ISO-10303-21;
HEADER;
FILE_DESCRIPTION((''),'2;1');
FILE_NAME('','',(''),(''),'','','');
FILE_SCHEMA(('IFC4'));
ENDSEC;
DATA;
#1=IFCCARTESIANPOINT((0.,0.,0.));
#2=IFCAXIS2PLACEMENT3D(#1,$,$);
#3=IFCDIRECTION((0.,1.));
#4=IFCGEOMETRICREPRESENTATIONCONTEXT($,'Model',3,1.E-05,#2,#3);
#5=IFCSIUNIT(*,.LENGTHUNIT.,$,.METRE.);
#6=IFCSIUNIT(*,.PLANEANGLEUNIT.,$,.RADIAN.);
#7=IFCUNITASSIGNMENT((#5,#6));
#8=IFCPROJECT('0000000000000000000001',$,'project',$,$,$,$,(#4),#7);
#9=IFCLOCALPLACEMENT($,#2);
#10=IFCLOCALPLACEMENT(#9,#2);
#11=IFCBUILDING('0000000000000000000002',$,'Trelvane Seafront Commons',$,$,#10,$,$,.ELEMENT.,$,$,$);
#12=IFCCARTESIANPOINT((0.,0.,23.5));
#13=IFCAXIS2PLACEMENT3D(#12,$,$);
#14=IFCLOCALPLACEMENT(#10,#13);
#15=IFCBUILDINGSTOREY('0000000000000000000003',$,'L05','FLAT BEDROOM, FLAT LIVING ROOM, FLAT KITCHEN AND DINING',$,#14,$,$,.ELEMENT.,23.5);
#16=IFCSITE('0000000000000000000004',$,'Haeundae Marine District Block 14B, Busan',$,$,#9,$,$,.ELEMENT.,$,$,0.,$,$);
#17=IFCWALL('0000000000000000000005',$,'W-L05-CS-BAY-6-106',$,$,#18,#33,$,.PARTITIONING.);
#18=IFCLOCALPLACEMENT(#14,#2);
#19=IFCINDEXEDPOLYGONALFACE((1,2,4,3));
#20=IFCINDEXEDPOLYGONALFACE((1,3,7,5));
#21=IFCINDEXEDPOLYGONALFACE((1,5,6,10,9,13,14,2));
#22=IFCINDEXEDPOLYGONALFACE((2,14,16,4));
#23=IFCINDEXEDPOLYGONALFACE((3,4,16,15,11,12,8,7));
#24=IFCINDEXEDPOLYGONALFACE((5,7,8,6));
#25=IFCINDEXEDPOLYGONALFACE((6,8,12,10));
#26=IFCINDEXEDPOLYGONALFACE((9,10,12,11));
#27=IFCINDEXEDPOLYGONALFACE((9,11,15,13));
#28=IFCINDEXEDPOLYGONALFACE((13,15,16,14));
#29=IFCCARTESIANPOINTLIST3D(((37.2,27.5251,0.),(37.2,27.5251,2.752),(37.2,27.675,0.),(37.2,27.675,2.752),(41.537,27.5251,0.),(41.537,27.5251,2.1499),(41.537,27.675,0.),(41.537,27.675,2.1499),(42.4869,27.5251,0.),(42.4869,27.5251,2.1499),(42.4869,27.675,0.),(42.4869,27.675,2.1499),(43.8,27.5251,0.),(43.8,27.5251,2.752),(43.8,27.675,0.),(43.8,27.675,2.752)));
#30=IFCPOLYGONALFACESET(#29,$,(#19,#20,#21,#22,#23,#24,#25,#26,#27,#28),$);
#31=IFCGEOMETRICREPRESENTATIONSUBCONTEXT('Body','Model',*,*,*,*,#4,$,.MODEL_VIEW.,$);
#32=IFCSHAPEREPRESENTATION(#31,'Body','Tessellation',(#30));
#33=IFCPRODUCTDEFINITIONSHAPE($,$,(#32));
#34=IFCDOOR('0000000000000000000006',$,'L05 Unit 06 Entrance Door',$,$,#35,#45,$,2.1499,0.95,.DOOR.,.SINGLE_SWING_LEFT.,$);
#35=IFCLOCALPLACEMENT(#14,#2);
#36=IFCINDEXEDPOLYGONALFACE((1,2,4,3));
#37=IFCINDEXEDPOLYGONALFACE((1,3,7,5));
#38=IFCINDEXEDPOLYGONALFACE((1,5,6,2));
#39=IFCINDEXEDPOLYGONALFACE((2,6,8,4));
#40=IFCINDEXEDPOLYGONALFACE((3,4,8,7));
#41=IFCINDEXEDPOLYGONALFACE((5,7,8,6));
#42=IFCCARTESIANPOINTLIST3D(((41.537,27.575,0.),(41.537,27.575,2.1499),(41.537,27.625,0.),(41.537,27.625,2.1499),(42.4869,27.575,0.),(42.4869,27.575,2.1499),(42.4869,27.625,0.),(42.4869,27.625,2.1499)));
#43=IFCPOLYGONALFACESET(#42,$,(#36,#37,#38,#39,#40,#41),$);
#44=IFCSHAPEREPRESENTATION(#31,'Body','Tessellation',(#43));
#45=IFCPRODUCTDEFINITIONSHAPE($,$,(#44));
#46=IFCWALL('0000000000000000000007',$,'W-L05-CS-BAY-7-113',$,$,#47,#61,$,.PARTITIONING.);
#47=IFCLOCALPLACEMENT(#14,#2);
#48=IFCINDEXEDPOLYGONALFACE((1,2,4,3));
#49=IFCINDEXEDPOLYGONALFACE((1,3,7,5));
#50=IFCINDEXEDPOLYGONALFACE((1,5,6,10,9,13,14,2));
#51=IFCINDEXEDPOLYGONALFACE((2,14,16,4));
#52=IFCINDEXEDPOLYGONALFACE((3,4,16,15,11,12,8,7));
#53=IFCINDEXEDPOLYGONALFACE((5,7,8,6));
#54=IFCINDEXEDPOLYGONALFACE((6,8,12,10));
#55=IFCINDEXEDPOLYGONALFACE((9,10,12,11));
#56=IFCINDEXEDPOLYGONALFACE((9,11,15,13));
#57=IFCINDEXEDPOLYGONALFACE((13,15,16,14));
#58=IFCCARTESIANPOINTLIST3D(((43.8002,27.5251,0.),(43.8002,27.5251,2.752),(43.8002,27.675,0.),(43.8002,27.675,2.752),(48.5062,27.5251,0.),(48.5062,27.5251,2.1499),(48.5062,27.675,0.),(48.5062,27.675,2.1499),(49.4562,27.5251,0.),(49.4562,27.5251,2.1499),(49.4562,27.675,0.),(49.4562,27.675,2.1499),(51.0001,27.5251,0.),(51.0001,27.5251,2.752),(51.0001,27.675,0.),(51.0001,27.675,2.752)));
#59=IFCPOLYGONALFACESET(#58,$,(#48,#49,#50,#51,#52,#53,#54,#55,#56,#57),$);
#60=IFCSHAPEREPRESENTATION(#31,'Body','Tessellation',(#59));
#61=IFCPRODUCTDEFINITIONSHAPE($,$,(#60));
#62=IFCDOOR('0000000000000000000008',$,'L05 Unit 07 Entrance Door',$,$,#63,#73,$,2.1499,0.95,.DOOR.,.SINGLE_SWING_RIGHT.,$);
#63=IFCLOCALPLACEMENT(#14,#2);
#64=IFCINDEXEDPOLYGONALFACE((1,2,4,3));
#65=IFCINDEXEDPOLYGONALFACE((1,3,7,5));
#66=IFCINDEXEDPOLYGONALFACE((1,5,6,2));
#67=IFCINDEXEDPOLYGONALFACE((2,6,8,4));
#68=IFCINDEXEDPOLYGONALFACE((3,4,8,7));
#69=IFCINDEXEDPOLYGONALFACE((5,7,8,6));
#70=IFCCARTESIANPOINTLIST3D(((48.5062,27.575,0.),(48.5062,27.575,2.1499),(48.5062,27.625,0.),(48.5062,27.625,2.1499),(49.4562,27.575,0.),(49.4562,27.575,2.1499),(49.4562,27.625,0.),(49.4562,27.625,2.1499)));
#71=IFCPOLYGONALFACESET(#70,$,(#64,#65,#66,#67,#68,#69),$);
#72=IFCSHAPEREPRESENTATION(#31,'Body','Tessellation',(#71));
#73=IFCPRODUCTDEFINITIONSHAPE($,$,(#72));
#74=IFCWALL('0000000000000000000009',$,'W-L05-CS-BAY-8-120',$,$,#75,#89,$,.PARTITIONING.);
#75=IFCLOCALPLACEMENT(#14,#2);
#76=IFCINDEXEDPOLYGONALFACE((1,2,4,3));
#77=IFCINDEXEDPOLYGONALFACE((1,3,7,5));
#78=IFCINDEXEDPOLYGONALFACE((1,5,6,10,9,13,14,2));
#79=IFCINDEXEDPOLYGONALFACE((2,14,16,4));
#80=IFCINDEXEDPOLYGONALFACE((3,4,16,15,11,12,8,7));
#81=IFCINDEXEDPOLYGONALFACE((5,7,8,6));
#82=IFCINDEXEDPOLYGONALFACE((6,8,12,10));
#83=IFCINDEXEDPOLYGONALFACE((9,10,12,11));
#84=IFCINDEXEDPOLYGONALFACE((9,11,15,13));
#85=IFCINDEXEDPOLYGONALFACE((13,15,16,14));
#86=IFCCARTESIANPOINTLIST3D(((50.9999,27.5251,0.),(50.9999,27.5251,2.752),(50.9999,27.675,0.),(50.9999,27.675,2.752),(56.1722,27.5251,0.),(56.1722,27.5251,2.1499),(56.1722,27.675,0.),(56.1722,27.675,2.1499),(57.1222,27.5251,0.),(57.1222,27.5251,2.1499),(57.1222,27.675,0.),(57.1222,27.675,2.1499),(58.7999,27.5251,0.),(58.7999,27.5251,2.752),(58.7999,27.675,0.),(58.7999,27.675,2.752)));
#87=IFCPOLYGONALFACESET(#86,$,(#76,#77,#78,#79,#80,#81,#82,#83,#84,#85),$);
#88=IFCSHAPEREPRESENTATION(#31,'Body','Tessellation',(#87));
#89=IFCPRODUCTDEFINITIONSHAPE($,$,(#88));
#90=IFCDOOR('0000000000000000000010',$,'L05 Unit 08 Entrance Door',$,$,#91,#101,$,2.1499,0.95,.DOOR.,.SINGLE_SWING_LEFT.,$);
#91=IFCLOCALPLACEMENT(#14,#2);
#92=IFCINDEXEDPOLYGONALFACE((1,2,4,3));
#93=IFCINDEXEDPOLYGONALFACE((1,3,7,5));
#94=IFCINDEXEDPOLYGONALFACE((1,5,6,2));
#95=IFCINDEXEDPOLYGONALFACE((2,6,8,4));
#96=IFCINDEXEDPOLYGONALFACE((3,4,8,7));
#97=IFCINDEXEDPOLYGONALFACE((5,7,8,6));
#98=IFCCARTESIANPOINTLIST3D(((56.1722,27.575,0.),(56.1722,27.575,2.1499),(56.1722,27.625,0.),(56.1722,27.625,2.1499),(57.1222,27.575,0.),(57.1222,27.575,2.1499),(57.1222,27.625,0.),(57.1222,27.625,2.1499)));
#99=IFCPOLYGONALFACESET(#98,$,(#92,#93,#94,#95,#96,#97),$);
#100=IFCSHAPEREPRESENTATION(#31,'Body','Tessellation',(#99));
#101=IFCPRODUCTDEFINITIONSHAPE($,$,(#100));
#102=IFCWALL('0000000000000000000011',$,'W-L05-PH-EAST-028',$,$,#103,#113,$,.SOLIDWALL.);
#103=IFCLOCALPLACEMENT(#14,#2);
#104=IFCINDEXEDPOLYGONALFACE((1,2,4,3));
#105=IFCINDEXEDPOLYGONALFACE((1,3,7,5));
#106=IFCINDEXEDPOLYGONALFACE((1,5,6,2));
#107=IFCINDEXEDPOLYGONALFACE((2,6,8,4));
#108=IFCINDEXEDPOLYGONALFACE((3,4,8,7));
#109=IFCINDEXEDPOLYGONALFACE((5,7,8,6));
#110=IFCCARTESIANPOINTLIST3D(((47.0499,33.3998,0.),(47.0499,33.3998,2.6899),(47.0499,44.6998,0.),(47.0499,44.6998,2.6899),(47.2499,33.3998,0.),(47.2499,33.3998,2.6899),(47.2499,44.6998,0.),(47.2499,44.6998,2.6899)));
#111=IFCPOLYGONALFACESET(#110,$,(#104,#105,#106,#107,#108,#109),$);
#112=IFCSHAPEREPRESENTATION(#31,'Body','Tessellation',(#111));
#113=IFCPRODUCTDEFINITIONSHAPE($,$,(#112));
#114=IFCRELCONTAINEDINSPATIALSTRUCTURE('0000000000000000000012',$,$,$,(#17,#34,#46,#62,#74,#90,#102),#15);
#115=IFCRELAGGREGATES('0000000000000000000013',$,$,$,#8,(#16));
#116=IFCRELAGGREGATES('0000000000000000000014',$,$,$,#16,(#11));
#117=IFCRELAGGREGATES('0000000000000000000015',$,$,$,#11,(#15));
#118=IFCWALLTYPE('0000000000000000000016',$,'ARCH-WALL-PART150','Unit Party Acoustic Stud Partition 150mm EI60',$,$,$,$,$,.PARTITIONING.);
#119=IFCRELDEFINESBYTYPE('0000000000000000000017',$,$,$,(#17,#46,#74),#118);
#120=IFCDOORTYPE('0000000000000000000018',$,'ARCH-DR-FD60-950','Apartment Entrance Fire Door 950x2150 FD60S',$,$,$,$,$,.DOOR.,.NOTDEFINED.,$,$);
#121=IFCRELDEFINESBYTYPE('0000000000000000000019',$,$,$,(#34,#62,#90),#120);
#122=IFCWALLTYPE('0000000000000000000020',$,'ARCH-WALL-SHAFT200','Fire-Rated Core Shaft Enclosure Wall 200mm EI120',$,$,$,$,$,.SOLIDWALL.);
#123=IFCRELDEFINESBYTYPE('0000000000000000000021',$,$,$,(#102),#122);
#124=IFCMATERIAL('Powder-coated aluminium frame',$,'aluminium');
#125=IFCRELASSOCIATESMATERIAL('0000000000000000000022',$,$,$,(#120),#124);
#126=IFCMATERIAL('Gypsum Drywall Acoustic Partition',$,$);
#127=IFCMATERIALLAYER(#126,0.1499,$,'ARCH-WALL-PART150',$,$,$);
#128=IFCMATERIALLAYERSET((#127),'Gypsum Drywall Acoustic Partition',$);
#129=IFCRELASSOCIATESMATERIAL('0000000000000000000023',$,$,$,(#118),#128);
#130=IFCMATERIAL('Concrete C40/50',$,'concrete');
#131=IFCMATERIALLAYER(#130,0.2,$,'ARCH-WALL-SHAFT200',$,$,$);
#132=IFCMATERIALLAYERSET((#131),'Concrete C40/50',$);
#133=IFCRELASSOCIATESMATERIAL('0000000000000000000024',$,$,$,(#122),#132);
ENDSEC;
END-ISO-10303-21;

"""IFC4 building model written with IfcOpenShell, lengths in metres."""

from ifc_helpers import new_model, si_unit, direction, frame, frame_2d, origin, place, context, subcontext, project, spatial, rectangle, extrude, source, transform, mapped, material, layer, layer_set, type_object, element, fill, save


model = new_model("IFC4")

# Units and contexts
model_context = context("Model", 3, precision=1e-05, world=origin(), true_north=direction((0.0, 1.0)))
body_context = subcontext(model_context, "Body", "Model", "MODEL_VIEW")
ifc_project = project(units=[si_unit("LENGTHUNIT", "METRE"), si_unit("PLANEANGLEUNIT", "RADIAN")], contexts=[model_context])

# Site, building, storey
site_placement = place(None, origin())
site = spatial("IfcSite", under=ifc_project, at=site_placement, Name="Haeundae Marine District Block 14B, Busan", CompositionType="ELEMENT", RefElevation=0.0)
building_placement = place(site_placement, origin())
building = spatial("IfcBuilding", under=site, at=building_placement, Name="Trelvane Seafront Commons", CompositionType="ELEMENT")
storey_placement = place(building_placement, frame((0.0, 0.0, 23.5)))
storey = spatial("IfcBuildingStorey", under=building, at=storey_placement, Name="L05", Description="FLAT BEDROOM, FLAT LIVING ROOM, FLAT KITCHEN AND DINING", CompositionType="ELEMENT", Elevation=23.5)

# Shared definitions
ifc_material_1 = material(Name="Concrete C40/50", Category="concrete")
ifc_material_2 = material(Name="Powder-coated aluminium frame", Category="aluminium")
door_type_1 = type_object("IfcDoorType", Name="ARCH-DR-FD60-950", Description="Apartment Entrance Fire Door 950x2150 FD60S", OperationType="NOTDEFINED", PredefinedType="DOOR", material=ifc_material_2)
shared_shape_1 = source(origin(), body_context, "Body", "SweptSolid", [
    extrude(rectangle(XDim=0.95, YDim=2.1499, at=frame_2d((0.4751, 1.075))), frame((0.0, 0.0249, 0.0), z_axis=(0.0, -1.0, 0.0), x_axis=(1.0, 0.0, 0.0)), (0.0, 0.0, 1.0), 0.05),
])

# Shared definitions
ifc_material_3 = material(Name="Gypsum Drywall Acoustic Partition")

# Walls, openings, doors
ifc_layer_1 = layer(ifc_material_3, 0.1499, Name="ARCH-WALL-PART150")
ifc_layer_set_1 = layer_set([ifc_layer_1], Name="Gypsum Drywall Acoustic Partition")
wall_type_1 = type_object("IfcWallType", Name="ARCH-WALL-PART150", Description="Unit Party Acoustic Stud Partition 150mm EI60", PredefinedType="PARTITIONING", material=ifc_layer_set_1)
wall_1_placement = place(storey_placement, frame((37.2, 27.6001, 0.0), z_axis=(0.0, 0.0, 1.0), x_axis=(1.0, 0.0, 0.0)))
wall_1 = element("IfcWall", 1, at=wall_1_placement, inside=storey, type_object=wall_type_1, Name="W-L05-CS-BAY-6-106", PredefinedType="PARTITIONING", context=body_context, shape_type="SweptSolid", body=[
    extrude(rectangle(XDim=6.6001, YDim=0.1499, at=frame_2d((3.3, 0.0))), origin(), (0.0, 0.0, 1.0), 2.752),
])
opening_1_placement = place(wall_1_placement, frame((4.3369, 0.0, 0.0)))
opening_1 = element("IfcOpeningElement", 2, at=opening_1_placement, cuts=wall_1, PredefinedType="OPENING", context=body_context, shape_type="SweptSolid", body=[
    extrude(rectangle(XDim=0.95, YDim=2.1499, at=frame_2d((0.4751, 1.075))), frame((0.0, 0.085, 0.0), z_axis=(0.0, -1.0, 0.0), x_axis=(1.0, 0.0, 0.0)), (0.0, 0.0, 1.0), 0.1699),
])
door_1_placement = place(opening_1_placement, origin())
door_1 = element("IfcDoor", 3, at=door_1_placement, inside=storey, type_object=door_type_1, Name="L05 Unit 06 Entrance Door", OperationType="SINGLE_SWING_LEFT", OverallHeight=2.1499, OverallWidth=0.95, PredefinedType="DOOR", context=body_context, shape_type="MappedRepresentation", body=[
    mapped(shared_shape_1, transform((0.0, 0.0, 0.0), x_axis=(1.0, 0.0, 0.0), y_axis=(0.0, 1.0, 0.0), z_axis=(0.0, 0.0, 1.0), scale=1.0)),
])
fill(opening_1, door_1)
wall_2_placement = place(storey_placement, frame((43.8, 27.6001, 0.0), z_axis=(0.0, 0.0, 1.0), x_axis=(1.0, 0.0, 0.0)))
wall_2 = element("IfcWall", 4, at=wall_2_placement, inside=storey, type_object=wall_type_1, Name="W-L05-CS-BAY-7-113", PredefinedType="PARTITIONING", context=body_context, shape_type="SweptSolid", body=[
    extrude(rectangle(XDim=7.2, YDim=0.1499, at=frame_2d((3.6001, 0.0))), origin(), (0.0, 0.0, 1.0), 2.752),
])
opening_2_placement = place(wall_2_placement, frame((4.7061, 0.0, 0.0)))
opening_2 = element("IfcOpeningElement", 5, at=opening_2_placement, cuts=wall_2, PredefinedType="OPENING", context=body_context, shape_type="SweptSolid", body=[
    extrude(rectangle(XDim=0.95, YDim=2.1499, at=frame_2d((0.4751, 1.075))), frame((0.0, 0.085, 0.0), z_axis=(0.0, -1.0, 0.0), x_axis=(1.0, 0.0, 0.0)), (0.0, 0.0, 1.0), 0.1699),
])
door_2_placement = place(opening_2_placement, origin())
door_2 = element("IfcDoor", 6, at=door_2_placement, inside=storey, type_object=door_type_1, Name="L05 Unit 07 Entrance Door", OperationType="SINGLE_SWING_RIGHT", OverallHeight=2.1499, OverallWidth=0.95, PredefinedType="DOOR", context=body_context, shape_type="MappedRepresentation", body=[
    mapped(shared_shape_1, transform((0.0, 0.0, 0.0), x_axis=(1.0, 0.0, 0.0), y_axis=(0.0, 1.0, 0.0), z_axis=(0.0, 0.0, 1.0), scale=1.0)),
])
fill(opening_2, door_2)
wall_3_placement = place(storey_placement, frame((51.0, 27.6001, 0.0), z_axis=(0.0, 0.0, 1.0), x_axis=(1.0, 0.0, 0.0)))
wall_3 = element("IfcWall", 7, at=wall_3_placement, inside=storey, type_object=wall_type_1, Name="W-L05-CS-BAY-8-120", PredefinedType="PARTITIONING", context=body_context, shape_type="SweptSolid", body=[
    extrude(rectangle(XDim=7.8, YDim=0.1499, at=frame_2d((3.8999, 0.0))), origin(), (0.0, 0.0, 1.0), 2.752),
])
opening_3_placement = place(wall_3_placement, frame((5.1721, 0.0, 0.0)))
opening_3 = element("IfcOpeningElement", 8, at=opening_3_placement, cuts=wall_3, PredefinedType="OPENING", context=body_context, shape_type="SweptSolid", body=[
    extrude(rectangle(XDim=0.95, YDim=2.1499, at=frame_2d((0.4751, 1.075))), frame((0.0, 0.085, 0.0), z_axis=(0.0, -1.0, 0.0), x_axis=(1.0, 0.0, 0.0)), (0.0, 0.0, 1.0), 0.1699),
])
door_3_placement = place(opening_3_placement, origin())
door_3 = element("IfcDoor", 9, at=door_3_placement, inside=storey, type_object=door_type_1, Name="L05 Unit 08 Entrance Door", OperationType="SINGLE_SWING_LEFT", OverallHeight=2.1499, OverallWidth=0.95, PredefinedType="DOOR", context=body_context, shape_type="MappedRepresentation", body=[
    mapped(shared_shape_1, transform((0.0, 0.0, 0.0), x_axis=(1.0, 0.0, 0.0), y_axis=(0.0, 1.0, 0.0), z_axis=(0.0, 0.0, 1.0), scale=1.0)),
])
fill(opening_3, door_3)

# Wall
ifc_layer_2 = layer(ifc_material_1, 0.2, Name="ARCH-WALL-SHAFT200")
ifc_layer_set_2 = layer_set([ifc_layer_2], Name="Concrete C40/50")
wall_type_2 = type_object("IfcWallType", Name="ARCH-WALL-SHAFT200", Description="Fire-Rated Core Shaft Enclosure Wall 200mm EI120", PredefinedType="SOLIDWALL", material=ifc_layer_set_2)
wall_4_placement = place(storey_placement, frame((47.1499, 33.3999, 0.0), z_axis=(0.0, 0.0, 1.0), x_axis=(0.0, 1.0, 0.0)))
element("IfcWall", 10, at=wall_4_placement, inside=storey, type_object=wall_type_2, Name="W-L05-PH-EAST-028", PredefinedType="SOLIDWALL", context=body_context, shape_type="SweptSolid", body=[
    extrude(rectangle(XDim=11.3, YDim=0.2, at=frame_2d((5.6499, 0.0))), origin(), (0.0, 0.0, 1.0), 2.6899),
])

save(model, "model.ifc")
